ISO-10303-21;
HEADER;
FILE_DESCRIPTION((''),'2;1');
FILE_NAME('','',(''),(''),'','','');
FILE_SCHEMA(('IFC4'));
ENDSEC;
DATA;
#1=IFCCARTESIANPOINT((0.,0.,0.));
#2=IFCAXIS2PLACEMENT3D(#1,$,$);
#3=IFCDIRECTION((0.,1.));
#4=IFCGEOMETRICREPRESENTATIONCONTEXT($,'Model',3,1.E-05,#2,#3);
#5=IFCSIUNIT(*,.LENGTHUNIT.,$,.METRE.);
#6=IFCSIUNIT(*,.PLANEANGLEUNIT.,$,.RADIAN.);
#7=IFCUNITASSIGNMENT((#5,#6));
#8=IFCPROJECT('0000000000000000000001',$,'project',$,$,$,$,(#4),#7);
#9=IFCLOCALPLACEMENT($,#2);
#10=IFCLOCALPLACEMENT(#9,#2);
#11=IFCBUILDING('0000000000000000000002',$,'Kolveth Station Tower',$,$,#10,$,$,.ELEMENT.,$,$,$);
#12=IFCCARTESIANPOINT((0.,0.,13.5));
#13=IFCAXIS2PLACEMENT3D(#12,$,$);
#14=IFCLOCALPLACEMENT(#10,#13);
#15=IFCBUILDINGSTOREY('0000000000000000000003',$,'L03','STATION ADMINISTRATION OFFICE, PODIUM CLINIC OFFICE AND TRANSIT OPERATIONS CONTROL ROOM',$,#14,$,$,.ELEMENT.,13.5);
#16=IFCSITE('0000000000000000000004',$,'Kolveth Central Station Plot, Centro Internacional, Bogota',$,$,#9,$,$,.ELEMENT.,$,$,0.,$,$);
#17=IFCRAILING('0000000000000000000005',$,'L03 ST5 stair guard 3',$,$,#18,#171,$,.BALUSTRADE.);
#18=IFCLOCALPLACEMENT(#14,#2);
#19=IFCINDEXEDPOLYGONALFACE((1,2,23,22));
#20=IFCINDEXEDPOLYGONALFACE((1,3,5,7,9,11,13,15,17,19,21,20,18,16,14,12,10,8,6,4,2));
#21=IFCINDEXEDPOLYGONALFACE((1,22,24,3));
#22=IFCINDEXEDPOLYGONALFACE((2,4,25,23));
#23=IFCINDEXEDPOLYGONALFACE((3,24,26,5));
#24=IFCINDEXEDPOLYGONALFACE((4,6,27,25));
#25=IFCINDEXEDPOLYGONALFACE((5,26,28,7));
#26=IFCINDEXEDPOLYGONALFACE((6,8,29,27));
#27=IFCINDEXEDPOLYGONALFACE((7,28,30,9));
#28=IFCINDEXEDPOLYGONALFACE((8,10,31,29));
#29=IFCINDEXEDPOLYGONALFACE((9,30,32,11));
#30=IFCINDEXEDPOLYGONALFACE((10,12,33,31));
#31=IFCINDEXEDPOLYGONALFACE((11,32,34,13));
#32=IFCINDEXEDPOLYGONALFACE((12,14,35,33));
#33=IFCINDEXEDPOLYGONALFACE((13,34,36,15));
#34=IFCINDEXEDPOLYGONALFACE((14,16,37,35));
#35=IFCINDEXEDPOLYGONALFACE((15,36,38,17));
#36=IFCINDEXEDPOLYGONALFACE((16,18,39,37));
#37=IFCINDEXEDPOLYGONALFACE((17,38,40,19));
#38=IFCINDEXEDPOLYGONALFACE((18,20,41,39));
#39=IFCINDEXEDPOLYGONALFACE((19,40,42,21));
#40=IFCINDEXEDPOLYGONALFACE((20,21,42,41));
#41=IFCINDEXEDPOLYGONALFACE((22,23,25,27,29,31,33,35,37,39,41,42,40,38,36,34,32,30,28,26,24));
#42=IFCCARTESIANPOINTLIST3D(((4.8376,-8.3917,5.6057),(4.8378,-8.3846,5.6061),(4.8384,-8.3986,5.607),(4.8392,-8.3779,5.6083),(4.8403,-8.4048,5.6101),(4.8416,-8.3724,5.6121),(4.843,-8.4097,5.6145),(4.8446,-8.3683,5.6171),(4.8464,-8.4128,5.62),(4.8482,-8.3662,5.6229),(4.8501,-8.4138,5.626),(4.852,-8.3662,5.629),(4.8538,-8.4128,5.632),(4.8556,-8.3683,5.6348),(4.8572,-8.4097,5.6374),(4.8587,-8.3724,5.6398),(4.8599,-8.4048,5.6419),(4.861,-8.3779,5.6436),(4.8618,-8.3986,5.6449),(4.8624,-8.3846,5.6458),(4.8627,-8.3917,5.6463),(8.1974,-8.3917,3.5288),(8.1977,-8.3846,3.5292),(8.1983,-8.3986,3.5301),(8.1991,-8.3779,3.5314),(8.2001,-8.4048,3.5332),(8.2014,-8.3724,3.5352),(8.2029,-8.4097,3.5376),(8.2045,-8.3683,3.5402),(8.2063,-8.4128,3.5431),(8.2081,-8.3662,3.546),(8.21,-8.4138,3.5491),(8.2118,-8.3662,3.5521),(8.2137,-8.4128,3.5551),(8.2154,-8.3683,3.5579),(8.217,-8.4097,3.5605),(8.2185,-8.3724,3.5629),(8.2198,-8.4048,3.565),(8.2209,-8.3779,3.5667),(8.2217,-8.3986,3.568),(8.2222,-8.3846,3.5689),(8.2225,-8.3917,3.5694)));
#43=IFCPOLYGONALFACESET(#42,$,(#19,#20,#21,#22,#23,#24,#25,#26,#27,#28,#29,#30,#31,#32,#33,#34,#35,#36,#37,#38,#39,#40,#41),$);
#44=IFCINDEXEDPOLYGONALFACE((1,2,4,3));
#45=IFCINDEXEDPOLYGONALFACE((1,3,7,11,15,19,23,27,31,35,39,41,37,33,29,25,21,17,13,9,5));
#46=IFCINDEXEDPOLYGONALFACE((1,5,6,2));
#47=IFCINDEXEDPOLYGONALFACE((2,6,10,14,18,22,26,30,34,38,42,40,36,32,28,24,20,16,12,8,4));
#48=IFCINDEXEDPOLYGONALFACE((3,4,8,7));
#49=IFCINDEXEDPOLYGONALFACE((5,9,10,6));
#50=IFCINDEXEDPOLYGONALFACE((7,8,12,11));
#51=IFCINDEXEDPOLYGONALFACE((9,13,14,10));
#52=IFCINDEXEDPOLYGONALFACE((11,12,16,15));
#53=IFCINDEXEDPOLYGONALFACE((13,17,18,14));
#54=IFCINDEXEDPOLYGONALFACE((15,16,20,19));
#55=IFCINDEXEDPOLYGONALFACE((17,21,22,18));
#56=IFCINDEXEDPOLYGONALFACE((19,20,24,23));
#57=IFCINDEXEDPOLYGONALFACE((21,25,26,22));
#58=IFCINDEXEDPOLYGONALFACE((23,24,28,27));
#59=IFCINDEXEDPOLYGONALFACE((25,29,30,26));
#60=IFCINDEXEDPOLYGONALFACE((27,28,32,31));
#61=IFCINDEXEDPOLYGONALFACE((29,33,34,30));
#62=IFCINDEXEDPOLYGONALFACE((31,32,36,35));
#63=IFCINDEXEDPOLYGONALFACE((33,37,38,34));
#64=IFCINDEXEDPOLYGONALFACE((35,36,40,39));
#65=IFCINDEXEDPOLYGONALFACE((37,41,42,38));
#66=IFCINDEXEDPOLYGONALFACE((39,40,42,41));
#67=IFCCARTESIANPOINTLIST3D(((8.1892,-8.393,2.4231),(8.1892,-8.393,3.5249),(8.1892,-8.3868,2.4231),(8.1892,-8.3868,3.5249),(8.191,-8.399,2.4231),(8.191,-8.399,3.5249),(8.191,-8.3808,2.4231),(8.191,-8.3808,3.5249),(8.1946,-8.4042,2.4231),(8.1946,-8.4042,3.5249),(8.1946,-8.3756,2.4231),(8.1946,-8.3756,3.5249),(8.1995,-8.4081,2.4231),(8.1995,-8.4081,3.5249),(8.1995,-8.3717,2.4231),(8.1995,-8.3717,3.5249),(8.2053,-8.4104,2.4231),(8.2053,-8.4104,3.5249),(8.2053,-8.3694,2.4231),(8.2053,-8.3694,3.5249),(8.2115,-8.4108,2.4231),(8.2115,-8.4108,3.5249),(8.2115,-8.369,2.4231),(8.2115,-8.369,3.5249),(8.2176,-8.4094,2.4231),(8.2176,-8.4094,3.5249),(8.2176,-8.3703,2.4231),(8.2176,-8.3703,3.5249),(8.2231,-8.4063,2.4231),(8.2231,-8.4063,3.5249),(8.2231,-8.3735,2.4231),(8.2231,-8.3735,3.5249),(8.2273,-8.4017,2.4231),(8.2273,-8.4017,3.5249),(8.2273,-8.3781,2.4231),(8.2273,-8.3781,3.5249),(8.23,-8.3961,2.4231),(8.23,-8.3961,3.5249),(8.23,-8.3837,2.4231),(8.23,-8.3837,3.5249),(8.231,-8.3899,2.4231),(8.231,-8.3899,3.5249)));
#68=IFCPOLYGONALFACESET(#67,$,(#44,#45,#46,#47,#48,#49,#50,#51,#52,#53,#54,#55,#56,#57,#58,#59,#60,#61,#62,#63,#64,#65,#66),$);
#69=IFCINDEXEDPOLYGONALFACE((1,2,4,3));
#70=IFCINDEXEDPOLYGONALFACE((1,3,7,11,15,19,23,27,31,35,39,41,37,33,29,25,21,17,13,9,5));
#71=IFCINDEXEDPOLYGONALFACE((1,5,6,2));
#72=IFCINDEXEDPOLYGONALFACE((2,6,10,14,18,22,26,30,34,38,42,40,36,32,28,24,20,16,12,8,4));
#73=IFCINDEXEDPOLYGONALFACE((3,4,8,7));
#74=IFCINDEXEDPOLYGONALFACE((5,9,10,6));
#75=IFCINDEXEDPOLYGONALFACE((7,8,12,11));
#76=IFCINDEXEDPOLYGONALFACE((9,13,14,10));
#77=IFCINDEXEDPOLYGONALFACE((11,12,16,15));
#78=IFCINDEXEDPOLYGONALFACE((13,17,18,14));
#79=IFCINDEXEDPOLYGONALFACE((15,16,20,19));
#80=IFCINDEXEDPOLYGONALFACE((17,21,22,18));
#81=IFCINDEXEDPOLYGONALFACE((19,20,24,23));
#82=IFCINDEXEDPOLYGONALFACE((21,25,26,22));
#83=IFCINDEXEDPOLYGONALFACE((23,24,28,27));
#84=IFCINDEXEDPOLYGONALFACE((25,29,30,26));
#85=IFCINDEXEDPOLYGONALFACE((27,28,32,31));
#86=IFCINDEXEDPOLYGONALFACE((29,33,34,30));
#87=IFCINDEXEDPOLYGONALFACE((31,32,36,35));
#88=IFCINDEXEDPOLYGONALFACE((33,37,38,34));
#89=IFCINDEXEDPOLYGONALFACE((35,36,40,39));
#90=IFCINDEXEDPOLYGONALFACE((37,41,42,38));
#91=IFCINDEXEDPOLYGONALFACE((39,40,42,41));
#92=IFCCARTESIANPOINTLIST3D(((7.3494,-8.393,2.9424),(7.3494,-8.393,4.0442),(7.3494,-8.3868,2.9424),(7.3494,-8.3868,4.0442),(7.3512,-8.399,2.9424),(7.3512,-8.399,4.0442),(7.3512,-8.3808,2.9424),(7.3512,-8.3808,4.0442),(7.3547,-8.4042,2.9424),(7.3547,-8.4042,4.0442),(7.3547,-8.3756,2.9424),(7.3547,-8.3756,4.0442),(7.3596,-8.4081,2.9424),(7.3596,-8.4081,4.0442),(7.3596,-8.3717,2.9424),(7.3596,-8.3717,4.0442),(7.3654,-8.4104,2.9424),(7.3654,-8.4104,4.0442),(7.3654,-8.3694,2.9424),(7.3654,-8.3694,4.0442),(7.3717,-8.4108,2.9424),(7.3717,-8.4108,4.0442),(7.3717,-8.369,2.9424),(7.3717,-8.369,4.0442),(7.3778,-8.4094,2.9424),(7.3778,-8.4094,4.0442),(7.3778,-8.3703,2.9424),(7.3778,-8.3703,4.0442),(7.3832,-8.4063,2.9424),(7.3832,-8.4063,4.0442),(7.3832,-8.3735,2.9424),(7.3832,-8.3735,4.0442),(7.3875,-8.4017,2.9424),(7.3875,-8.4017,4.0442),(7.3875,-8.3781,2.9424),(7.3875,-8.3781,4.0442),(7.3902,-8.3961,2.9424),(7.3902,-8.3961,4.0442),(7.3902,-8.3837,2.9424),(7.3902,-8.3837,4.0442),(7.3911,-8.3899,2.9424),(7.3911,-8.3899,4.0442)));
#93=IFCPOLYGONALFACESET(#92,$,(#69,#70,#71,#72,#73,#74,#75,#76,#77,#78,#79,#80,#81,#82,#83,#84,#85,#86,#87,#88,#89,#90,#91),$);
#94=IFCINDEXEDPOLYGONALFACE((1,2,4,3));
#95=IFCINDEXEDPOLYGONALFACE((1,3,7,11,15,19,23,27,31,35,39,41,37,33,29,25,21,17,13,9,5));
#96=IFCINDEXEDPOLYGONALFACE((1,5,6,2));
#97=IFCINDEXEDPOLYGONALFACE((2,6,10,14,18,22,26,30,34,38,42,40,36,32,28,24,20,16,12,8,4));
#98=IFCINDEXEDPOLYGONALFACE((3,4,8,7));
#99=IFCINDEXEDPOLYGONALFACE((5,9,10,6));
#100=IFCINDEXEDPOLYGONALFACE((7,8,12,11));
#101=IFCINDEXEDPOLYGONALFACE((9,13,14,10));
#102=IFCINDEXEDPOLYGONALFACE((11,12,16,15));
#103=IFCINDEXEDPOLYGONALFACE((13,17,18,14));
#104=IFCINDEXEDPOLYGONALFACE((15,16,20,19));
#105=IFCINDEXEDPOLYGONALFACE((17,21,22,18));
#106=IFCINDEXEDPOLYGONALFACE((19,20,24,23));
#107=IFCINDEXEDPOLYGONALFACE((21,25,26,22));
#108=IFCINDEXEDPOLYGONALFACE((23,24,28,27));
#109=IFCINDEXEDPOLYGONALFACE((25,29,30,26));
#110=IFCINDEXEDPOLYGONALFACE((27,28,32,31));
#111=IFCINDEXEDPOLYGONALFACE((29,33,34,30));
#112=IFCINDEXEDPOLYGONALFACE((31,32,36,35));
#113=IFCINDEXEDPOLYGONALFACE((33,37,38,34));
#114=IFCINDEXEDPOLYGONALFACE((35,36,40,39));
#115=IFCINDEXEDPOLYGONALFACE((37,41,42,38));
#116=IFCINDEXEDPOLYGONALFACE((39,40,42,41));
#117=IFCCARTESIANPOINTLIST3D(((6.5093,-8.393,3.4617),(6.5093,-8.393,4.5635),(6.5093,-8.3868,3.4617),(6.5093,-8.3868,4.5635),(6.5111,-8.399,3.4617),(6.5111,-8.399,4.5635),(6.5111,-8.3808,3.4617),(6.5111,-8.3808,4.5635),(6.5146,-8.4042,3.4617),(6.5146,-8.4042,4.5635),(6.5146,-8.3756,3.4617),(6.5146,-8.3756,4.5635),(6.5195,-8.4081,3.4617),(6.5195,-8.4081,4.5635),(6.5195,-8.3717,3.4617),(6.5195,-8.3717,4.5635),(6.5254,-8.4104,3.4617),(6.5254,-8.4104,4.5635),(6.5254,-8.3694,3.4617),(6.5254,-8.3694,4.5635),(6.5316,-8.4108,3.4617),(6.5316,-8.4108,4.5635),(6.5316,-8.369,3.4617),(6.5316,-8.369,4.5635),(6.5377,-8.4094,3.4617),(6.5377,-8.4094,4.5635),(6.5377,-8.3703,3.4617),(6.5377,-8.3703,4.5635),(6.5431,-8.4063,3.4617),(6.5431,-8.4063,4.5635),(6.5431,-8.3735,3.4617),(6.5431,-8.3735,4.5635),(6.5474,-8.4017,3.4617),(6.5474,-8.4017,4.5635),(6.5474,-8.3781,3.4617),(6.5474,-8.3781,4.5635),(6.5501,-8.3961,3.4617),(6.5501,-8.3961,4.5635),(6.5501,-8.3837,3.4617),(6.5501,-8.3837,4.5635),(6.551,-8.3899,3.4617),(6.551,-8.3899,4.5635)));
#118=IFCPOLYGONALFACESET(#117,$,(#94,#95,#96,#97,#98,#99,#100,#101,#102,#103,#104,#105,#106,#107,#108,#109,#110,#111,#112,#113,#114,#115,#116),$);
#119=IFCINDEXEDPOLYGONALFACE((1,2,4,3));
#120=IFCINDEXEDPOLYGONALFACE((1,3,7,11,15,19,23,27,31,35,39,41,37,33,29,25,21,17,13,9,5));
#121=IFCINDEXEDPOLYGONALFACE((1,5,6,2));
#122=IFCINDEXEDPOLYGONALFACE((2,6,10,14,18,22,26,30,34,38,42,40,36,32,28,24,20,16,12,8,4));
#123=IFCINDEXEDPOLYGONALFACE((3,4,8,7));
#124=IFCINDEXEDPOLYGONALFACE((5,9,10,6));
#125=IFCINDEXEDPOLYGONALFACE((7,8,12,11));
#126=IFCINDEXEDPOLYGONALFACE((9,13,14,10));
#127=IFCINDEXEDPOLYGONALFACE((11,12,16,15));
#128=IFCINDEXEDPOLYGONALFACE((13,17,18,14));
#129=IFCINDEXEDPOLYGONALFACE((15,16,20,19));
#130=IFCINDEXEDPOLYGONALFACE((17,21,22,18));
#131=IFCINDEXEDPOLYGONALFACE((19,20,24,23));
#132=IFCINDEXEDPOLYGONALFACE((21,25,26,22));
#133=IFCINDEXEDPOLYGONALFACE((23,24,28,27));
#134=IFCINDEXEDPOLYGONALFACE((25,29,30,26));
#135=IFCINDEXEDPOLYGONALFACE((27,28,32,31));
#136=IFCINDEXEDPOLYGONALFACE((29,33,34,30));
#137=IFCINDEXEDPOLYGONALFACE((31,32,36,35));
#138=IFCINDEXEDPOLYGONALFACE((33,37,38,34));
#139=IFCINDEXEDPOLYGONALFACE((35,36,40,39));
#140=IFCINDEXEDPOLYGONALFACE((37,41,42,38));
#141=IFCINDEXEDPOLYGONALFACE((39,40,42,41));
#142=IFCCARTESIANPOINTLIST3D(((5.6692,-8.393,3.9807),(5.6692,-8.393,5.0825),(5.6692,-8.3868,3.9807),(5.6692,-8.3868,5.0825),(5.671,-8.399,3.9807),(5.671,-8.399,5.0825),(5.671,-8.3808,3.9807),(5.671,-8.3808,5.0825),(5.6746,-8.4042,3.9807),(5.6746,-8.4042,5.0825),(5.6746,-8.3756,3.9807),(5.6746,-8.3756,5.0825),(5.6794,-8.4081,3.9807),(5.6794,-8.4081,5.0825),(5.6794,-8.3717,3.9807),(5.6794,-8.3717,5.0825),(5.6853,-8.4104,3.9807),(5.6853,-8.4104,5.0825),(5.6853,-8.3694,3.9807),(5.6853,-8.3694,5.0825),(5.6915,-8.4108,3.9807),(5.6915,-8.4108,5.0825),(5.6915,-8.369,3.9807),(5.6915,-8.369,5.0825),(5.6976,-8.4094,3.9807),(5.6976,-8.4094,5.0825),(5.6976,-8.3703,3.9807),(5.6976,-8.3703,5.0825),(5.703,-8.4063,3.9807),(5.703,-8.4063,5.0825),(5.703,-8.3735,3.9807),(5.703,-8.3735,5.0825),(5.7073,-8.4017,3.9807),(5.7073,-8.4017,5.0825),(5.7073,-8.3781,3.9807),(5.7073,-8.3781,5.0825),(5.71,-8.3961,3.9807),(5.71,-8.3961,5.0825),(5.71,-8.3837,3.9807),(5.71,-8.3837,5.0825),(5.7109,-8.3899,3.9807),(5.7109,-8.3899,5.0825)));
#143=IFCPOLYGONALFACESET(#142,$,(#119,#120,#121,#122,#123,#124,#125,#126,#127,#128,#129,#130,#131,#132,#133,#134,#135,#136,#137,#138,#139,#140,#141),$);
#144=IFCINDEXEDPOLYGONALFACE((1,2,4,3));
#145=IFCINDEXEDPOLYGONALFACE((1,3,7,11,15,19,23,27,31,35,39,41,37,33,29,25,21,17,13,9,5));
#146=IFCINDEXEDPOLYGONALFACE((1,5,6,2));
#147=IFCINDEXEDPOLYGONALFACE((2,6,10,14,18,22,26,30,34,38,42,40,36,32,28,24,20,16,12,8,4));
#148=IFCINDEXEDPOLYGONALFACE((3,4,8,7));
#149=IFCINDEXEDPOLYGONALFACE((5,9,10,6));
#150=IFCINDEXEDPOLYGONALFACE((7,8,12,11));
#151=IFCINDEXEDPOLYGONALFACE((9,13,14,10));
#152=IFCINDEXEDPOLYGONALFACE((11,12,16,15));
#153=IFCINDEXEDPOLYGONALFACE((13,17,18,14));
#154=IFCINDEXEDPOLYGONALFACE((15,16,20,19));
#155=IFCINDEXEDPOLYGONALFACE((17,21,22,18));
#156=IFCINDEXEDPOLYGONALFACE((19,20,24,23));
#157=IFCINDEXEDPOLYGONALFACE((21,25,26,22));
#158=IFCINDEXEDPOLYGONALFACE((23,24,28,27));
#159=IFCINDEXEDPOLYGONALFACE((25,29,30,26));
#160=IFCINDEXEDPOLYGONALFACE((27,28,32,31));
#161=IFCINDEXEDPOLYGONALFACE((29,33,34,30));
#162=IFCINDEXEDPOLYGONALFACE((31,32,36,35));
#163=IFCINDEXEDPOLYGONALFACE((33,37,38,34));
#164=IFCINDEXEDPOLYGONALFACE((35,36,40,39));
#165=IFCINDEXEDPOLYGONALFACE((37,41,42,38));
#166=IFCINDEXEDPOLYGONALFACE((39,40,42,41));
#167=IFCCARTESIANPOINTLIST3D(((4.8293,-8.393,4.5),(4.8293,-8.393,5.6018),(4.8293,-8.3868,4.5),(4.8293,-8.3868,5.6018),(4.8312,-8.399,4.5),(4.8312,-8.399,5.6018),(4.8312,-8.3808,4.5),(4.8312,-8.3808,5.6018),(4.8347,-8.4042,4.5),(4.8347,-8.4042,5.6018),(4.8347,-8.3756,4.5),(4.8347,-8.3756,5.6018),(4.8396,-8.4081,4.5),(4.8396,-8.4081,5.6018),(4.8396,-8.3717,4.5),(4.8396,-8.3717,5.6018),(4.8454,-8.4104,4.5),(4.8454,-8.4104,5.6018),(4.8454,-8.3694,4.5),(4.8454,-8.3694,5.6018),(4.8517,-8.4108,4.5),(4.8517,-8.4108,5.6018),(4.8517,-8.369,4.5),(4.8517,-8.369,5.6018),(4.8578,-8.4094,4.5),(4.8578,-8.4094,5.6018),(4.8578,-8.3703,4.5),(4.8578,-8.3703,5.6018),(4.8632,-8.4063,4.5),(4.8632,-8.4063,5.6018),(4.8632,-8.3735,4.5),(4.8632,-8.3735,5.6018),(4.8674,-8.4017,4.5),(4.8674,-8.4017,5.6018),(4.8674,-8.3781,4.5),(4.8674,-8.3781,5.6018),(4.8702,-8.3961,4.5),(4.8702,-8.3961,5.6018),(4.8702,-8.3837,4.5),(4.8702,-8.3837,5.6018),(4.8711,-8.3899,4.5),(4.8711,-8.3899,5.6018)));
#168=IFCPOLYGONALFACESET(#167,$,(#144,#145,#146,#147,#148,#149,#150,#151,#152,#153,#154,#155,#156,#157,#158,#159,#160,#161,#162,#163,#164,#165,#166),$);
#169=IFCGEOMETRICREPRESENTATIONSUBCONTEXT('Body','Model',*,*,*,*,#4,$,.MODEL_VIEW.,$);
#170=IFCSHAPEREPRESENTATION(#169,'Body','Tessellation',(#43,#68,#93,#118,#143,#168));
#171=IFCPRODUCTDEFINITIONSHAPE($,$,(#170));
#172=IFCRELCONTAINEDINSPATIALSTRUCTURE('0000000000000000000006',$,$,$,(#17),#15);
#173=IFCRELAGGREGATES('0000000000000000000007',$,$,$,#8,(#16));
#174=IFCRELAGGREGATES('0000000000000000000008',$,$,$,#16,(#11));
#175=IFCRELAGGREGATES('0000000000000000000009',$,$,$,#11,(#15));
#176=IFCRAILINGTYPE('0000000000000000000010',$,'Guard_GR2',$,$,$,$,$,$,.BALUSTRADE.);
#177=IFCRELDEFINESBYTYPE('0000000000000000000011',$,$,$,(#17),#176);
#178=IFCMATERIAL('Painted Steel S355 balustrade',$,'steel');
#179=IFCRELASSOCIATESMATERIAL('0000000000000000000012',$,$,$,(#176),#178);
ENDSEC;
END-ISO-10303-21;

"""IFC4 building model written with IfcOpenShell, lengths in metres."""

from ifc_helpers import new_model, si_unit, direction, frame, origin, origin_2d, place, context, subcontext, project, spatial, circle, extrude, material, type_object, element, save


model = new_model("IFC4")

# Units and contexts
model_context = context("Model", 3, precision=1e-05, world=origin(), true_north=direction((0.0, 1.0)))
body_context = subcontext(model_context, "Body", "Model", "MODEL_VIEW")
ifc_project = project(units=[si_unit("LENGTHUNIT", "METRE"), si_unit("PLANEANGLEUNIT", "RADIAN")], contexts=[model_context])

# Site, building, storey
site_placement = place(None, origin())
site = spatial("IfcSite", under=ifc_project, at=site_placement, Name="Kolveth Central Station Plot, Centro Internacional, Bogota", CompositionType="ELEMENT", RefElevation=0.0)
building_placement = place(site_placement, origin())
building = spatial("IfcBuilding", under=site, at=building_placement, Name="Kolveth Station Tower", CompositionType="ELEMENT")
storey_placement = place(building_placement, frame((0.0, 0.0, 13.5)))
storey = spatial("IfcBuildingStorey", under=building, at=storey_placement, Name="L03", Description="STATION ADMINISTRATION OFFICE, PODIUM CLINIC OFFICE AND TRANSIT OPERATIONS CONTROL ROOM", CompositionType="ELEMENT", Elevation=13.5)

# Railing
ifc_material_1 = material(Name="Painted Steel S355 balustrade", Category="steel")
railing_type_1 = type_object("IfcRailingType", Name="Guard_GR2", PredefinedType="BALUSTRADE", material=ifc_material_1)
railing_1_placement = place(storey_placement, frame((8.21, -8.3899, 2.4231)))
element("IfcRailing", 1, at=railing_1_placement, inside=storey, type_object=railing_type_1, Name="L03 ST5 stair guard 3", PredefinedType="BALUSTRADE", context=body_context, shape_type="SweptSolid", body=[
    extrude(circle(Radius=0.0239, at=origin_2d()), frame((0.0, 0.0, 1.126), z_axis=(-0.850606, 0.0, 0.525803), x_axis=(0.0, -1.0, 0.0)), (0.0, 0.0, 1.0), 3.95),
    extrude(circle(Radius=0.021, at=origin_2d()), origin(), (0.0, 0.0, 1.0), 1.1018),
    extrude(circle(Radius=0.021, at=origin_2d()), frame((-0.8398, 0.0, 0.5193)), (0.0, 0.0, 1.0), 1.1018),
    extrude(circle(Radius=0.021, at=origin_2d()), frame((-1.6799, 0.0, 1.0386)), (0.0, 0.0, 1.0), 1.1018),
    extrude(circle(Radius=0.021, at=origin_2d()), frame((-2.52, 0.0, 1.5576)), (0.0, 0.0, 1.0), 1.1018),
    extrude(circle(Radius=0.021, at=origin_2d()), frame((-3.3599, 0.0, 2.0769)), (0.0, 0.0, 1.0), 1.1018),
])

save(model, "model.ifc")
